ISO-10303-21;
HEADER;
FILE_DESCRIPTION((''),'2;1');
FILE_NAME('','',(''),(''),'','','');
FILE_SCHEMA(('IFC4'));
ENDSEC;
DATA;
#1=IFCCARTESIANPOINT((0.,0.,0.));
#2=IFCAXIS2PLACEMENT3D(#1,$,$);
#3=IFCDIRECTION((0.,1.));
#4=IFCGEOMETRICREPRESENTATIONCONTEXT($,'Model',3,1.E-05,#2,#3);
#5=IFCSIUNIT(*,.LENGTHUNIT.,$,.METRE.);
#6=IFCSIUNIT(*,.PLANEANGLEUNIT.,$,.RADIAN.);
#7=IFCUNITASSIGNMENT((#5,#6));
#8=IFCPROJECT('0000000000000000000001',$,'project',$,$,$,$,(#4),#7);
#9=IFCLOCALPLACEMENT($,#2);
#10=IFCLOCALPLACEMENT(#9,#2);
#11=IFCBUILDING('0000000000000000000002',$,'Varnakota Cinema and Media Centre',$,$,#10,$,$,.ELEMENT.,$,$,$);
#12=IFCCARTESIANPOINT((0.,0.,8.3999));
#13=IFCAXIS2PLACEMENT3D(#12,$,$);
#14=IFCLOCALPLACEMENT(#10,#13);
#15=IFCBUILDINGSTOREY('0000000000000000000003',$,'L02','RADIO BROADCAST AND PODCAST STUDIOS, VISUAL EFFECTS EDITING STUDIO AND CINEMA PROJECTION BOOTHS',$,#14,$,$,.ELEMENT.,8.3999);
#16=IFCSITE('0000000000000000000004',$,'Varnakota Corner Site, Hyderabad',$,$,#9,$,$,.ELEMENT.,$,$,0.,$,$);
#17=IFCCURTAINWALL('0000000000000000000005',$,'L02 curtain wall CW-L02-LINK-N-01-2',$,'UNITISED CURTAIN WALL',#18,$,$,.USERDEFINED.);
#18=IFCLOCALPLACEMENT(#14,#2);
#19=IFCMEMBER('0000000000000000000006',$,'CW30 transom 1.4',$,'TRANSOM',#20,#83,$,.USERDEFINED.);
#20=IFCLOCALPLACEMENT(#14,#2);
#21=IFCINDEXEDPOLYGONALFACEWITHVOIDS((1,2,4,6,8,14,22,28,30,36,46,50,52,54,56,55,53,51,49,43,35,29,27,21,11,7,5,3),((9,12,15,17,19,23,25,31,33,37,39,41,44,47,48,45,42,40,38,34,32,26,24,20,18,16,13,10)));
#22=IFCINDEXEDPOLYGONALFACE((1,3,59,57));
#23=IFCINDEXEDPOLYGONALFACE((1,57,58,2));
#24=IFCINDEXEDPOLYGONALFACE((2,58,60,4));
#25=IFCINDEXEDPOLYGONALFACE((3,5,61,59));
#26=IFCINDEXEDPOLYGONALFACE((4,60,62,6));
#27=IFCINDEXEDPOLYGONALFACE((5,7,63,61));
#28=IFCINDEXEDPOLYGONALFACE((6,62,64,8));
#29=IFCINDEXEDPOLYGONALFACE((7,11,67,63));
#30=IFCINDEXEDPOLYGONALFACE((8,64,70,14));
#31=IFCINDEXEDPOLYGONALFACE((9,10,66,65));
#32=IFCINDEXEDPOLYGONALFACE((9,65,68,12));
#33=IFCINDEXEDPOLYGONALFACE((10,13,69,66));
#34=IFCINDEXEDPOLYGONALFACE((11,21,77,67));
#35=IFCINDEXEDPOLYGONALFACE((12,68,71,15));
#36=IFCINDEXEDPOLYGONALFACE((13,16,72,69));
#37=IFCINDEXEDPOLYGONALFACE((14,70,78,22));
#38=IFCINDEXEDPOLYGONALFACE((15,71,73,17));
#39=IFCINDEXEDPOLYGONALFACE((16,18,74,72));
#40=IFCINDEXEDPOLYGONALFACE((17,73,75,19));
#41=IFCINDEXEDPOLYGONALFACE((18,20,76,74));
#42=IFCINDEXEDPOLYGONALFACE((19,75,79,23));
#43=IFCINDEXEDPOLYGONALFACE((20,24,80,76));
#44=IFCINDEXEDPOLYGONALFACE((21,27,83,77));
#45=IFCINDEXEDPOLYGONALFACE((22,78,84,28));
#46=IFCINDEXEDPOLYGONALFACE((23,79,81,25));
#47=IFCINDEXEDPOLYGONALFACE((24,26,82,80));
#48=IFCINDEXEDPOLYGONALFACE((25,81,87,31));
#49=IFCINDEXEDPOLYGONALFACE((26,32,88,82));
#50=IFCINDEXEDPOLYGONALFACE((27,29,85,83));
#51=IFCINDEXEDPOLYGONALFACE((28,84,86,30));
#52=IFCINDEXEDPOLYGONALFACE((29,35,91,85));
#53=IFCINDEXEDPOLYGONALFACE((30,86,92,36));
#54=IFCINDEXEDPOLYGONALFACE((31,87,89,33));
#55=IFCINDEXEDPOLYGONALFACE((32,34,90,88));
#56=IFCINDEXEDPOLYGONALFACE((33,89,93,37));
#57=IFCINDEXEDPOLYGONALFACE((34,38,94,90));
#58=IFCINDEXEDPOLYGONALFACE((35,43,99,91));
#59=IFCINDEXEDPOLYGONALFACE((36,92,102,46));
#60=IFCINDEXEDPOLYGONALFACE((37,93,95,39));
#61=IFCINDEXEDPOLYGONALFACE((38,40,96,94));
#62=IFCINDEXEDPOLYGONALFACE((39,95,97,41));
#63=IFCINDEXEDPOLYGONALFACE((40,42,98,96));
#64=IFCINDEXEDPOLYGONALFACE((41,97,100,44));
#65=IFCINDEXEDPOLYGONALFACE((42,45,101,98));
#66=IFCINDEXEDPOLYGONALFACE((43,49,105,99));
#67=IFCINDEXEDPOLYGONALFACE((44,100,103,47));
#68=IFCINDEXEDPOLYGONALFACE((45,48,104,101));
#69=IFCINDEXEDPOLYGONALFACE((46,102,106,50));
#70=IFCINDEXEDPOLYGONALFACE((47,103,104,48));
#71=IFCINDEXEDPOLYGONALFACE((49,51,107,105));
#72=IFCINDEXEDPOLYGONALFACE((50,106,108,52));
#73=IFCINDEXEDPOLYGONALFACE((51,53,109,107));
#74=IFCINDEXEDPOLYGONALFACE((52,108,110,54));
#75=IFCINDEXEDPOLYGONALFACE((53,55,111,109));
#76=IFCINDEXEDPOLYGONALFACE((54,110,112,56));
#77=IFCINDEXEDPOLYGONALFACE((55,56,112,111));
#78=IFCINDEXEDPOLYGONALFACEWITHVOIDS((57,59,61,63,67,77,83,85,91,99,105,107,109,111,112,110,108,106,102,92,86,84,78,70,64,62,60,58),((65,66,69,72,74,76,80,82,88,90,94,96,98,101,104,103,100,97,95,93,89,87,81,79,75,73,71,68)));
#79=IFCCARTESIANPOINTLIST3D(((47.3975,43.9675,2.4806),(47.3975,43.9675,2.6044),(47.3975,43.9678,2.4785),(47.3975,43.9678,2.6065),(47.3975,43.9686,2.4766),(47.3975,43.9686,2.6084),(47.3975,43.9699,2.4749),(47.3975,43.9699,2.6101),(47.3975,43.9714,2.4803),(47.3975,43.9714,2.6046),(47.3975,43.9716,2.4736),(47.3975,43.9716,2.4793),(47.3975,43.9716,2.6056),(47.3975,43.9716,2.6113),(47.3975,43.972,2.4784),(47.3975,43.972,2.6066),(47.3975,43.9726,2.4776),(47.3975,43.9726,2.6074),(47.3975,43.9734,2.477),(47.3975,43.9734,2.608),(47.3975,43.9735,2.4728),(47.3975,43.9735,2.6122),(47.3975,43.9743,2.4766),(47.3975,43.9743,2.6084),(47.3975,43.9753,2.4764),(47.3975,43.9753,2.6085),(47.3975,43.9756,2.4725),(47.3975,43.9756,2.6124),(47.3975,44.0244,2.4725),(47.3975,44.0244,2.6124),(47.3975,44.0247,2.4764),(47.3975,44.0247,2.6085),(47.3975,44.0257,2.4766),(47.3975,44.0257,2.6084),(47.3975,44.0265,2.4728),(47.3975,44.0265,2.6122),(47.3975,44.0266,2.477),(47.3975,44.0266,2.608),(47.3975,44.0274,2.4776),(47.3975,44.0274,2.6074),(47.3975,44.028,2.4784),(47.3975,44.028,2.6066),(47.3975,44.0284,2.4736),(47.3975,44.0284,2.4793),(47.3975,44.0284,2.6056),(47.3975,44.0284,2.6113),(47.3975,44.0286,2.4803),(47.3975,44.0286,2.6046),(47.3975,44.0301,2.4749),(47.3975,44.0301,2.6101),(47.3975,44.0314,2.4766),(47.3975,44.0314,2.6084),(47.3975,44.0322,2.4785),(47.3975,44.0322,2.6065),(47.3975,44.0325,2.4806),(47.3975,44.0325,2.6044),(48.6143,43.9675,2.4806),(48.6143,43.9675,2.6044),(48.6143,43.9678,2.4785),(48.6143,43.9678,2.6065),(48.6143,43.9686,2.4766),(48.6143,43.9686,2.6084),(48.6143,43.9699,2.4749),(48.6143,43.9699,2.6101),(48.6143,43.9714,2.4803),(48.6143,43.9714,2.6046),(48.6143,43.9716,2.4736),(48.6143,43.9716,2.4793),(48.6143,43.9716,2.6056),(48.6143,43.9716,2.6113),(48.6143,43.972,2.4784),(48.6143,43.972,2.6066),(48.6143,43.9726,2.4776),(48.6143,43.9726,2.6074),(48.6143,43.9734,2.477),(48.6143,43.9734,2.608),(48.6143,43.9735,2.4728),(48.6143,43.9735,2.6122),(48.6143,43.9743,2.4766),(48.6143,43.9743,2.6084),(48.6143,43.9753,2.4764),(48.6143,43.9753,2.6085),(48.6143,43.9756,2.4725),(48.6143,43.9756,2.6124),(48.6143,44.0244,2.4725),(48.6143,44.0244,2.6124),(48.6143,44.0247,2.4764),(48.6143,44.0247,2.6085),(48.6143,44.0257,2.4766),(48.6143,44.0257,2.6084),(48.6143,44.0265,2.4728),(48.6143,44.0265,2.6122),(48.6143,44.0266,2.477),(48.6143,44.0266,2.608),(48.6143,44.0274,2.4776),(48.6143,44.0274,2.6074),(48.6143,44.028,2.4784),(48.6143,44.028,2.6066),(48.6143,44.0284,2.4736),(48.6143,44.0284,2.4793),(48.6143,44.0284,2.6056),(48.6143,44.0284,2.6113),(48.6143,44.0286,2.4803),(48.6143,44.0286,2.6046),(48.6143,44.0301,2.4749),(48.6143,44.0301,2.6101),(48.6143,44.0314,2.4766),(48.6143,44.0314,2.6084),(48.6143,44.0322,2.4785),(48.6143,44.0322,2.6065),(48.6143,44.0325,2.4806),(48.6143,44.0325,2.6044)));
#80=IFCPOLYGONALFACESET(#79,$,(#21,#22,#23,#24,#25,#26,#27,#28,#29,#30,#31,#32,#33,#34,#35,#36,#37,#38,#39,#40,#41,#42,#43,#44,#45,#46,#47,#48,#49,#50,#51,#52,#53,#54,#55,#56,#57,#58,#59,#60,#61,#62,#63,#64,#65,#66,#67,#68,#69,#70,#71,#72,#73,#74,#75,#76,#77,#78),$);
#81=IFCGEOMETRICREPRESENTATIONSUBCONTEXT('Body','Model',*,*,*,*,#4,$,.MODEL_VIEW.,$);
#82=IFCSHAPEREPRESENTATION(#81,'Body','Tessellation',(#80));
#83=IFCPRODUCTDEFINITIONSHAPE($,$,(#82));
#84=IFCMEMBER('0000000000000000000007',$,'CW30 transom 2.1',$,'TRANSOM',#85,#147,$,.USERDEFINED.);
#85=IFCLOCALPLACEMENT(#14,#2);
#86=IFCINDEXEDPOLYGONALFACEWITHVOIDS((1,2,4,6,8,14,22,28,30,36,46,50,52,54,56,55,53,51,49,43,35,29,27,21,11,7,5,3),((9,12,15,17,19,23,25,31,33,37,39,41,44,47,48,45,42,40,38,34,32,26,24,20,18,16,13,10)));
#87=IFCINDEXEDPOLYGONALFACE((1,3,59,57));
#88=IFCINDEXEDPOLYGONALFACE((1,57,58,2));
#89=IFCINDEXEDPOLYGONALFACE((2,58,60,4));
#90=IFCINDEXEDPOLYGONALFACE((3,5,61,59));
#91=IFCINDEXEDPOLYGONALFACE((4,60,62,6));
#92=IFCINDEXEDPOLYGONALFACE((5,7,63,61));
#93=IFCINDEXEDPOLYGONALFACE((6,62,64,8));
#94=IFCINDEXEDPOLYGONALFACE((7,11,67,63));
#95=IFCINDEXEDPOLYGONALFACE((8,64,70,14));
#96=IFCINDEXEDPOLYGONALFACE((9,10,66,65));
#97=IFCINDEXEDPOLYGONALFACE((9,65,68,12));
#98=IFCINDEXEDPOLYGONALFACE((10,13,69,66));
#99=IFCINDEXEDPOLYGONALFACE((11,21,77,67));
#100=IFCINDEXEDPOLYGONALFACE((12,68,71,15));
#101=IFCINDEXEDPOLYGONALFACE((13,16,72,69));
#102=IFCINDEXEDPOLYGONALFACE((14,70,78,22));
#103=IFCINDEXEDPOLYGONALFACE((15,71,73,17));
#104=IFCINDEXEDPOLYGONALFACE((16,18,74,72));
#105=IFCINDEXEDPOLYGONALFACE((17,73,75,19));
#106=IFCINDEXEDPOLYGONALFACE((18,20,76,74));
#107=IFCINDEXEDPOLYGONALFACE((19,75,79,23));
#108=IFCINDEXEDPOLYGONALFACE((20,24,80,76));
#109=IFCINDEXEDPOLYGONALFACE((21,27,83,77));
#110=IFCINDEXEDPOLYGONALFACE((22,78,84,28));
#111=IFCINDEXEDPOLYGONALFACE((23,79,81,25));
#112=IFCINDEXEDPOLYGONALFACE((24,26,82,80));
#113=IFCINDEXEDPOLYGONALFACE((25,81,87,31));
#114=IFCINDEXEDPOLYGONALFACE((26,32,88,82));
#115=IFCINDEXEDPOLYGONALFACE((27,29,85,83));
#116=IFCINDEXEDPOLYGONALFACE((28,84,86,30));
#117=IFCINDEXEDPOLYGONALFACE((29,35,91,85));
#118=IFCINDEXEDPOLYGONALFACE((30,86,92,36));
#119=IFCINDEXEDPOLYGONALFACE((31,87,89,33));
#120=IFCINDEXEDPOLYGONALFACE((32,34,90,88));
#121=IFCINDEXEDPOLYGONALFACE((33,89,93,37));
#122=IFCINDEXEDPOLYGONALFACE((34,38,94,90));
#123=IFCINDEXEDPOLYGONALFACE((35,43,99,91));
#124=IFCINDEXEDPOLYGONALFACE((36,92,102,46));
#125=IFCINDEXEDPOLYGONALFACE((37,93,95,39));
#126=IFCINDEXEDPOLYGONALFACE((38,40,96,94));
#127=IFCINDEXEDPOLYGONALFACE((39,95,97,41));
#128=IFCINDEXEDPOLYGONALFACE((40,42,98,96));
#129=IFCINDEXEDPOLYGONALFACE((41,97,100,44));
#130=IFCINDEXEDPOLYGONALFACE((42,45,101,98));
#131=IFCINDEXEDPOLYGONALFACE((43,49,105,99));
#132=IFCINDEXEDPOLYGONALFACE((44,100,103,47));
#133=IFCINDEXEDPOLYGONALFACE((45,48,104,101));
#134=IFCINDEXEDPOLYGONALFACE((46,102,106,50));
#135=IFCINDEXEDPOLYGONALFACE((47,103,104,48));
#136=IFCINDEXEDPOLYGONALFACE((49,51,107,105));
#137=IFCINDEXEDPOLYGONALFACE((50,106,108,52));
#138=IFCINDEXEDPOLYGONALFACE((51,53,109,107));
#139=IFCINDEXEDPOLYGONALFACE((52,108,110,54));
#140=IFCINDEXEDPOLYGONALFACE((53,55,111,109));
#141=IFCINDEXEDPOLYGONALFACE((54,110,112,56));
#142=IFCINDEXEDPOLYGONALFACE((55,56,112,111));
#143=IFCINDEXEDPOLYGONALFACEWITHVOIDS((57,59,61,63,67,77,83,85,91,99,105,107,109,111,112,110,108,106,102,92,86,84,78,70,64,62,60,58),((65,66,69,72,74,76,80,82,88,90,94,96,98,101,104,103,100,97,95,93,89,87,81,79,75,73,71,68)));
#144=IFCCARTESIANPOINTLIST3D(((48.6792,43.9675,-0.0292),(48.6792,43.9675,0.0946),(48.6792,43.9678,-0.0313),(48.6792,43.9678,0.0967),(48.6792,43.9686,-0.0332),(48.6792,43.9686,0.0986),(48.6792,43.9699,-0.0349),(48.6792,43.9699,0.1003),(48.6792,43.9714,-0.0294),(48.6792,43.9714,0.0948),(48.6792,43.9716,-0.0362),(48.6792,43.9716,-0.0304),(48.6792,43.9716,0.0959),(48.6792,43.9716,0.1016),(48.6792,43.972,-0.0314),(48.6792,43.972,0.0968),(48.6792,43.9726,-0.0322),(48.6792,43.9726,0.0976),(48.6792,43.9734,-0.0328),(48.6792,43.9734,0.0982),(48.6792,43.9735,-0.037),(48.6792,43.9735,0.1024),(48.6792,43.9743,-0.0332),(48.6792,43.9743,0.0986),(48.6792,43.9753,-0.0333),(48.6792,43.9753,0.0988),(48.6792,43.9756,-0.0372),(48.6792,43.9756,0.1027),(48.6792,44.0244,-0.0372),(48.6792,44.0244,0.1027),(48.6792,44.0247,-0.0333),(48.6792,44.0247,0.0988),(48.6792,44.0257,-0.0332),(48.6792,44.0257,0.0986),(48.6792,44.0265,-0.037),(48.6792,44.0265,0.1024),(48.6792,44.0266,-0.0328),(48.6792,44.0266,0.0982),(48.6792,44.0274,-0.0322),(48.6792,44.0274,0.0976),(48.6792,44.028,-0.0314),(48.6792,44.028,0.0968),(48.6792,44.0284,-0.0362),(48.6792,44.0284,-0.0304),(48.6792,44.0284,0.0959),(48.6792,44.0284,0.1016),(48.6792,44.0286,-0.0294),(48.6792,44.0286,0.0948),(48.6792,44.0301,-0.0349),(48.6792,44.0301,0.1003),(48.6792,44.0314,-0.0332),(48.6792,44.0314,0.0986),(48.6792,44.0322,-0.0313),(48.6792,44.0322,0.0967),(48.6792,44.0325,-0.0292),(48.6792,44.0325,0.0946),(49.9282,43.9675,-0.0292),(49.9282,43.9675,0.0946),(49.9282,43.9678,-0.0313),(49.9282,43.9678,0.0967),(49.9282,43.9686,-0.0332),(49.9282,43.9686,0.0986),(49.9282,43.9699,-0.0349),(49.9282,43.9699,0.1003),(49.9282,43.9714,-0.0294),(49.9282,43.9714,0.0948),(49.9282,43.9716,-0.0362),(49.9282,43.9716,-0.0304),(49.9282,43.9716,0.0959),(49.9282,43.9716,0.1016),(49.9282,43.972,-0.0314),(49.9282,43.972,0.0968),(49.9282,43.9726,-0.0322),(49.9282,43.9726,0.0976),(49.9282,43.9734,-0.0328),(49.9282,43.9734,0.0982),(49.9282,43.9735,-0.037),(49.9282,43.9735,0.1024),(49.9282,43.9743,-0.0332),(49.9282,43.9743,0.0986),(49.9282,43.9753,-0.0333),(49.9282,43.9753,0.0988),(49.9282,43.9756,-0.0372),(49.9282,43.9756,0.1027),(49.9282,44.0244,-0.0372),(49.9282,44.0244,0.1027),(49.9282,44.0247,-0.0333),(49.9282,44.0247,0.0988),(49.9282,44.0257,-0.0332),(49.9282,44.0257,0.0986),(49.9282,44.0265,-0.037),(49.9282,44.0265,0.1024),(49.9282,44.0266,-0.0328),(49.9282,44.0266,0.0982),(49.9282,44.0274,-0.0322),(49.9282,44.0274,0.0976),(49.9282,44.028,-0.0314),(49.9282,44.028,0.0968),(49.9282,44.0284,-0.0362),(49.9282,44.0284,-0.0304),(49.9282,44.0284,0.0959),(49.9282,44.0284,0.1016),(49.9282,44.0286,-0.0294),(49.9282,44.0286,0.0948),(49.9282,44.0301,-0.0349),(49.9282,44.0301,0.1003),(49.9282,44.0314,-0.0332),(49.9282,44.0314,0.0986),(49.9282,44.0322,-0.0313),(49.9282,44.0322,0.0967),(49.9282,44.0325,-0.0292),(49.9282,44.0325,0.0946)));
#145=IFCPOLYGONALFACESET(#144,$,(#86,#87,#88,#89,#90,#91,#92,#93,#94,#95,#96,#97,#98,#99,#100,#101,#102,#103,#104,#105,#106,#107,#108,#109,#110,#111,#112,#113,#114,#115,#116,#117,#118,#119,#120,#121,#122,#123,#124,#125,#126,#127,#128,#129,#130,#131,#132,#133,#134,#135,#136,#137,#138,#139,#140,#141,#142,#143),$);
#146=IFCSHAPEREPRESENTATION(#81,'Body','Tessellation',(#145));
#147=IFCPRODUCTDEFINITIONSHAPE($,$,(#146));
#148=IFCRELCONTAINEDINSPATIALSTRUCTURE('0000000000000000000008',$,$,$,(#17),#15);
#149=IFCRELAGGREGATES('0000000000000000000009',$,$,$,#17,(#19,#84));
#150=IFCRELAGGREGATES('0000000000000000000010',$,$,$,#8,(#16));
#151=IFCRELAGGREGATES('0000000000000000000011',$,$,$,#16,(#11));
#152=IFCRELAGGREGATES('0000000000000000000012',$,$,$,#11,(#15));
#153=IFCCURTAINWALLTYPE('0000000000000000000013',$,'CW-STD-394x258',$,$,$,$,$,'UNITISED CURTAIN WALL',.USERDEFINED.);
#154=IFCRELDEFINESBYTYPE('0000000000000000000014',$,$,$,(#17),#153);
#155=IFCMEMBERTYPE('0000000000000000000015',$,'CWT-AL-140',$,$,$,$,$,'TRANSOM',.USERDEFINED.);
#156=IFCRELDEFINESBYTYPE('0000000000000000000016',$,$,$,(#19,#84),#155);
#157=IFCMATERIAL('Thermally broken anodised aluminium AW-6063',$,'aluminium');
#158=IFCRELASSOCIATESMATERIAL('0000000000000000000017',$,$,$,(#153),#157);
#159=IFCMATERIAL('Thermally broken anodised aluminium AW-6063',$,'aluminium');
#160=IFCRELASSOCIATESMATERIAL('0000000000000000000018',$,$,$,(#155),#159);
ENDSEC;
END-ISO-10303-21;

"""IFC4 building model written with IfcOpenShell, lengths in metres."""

from ifc_helpers import new_model, si_unit, direction, frame, origin, origin_2d, place, context, subcontext, project, spatial, hollow_rectangle, extrude, material, material_profile, profile_set, type_object, element, aggregate, save


model = new_model("IFC4")

# Units and contexts
model_context = context("Model", 3, precision=1e-05, world=origin(), true_north=direction((0.0, 1.0)))
body_context = subcontext(model_context, "Body", "Model", "MODEL_VIEW")
ifc_project = project(units=[si_unit("LENGTHUNIT", "METRE"), si_unit("PLANEANGLEUNIT", "RADIAN")], contexts=[model_context])

# Site, building, storey
site_placement = place(None, origin())
site = spatial("IfcSite", under=ifc_project, at=site_placement, Name="Varnakota Corner Site, Hyderabad", CompositionType="ELEMENT", RefElevation=0.0)
building_placement = place(site_placement, origin())
building = spatial("IfcBuilding", under=site, at=building_placement, Name="Varnakota Cinema and Media Centre", CompositionType="ELEMENT")
storey_placement = place(building_placement, frame((0.0, 0.0, 8.3999)))
storey = spatial("IfcBuildingStorey", under=building, at=storey_placement, Name="L02", Description="RADIO BROADCAST AND PODCAST STUDIOS, VISUAL EFFECTS EDITING STUDIO AND CINEMA PROJECTION BOOTHS", CompositionType="ELEMENT", Elevation=8.3999)

# Shared definitions
ifc_material_1 = material(Name="Thermally broken anodised aluminium AW-6063", Category="aluminium")
curtain_wall_type = type_object("IfcCurtainWallType", Name="CW-STD-394x258", ElementType="UNITISED CURTAIN WALL", PredefinedType="USERDEFINED", material=ifc_material_1)

# Curtain wall, members
curtain_wall_1_placement = place(storey_placement, origin())
curtain_wall_1 = element("IfcCurtainWall", 1, at=curtain_wall_1_placement, inside=storey, type_object=curtain_wall_type, Name="L02 curtain wall CW-L02-LINK-N-01-2", ObjectType="UNITISED CURTAIN WALL", PredefinedType="USERDEFINED")
ifc_material_2 = material(Name="Thermally broken anodised aluminium AW-6063", Category="aluminium")
ifc_material_profile_1 = material_profile(ifc_material_2, hollow_rectangle(XDim=0.0649, YDim=0.1399, WallThickness=0.0039, InnerFilletRadius=0.0039, OuterFilletRadius=0.0081, at=origin_2d()), Name="AL-TRANSOM 140x65x4")
ifc_profile_set_1 = profile_set([ifc_material_profile_1], Name="Thermally broken anodised aluminium AW-6063")
member_type_1 = type_object("IfcMemberType", Name="CWT-AL-140", ElementType="TRANSOM", PredefinedType="USERDEFINED", material=ifc_profile_set_1)
member_1_placement = place(storey_placement, frame((47.3975, 44.0, 2.5425), z_axis=(1.0, 0.0, 0.0), x_axis=(0.0, 1.0, 0.0)))
member_1 = element("IfcMember", 2, at=member_1_placement, type_object=member_type_1, Name="CW30 transom 1.4", ObjectType="TRANSOM", PredefinedType="USERDEFINED", context=body_context, shape_type="SweptSolid", body=[
    extrude(hollow_rectangle(XDim=0.0649, YDim=0.1399, WallThickness=0.0039, InnerFilletRadius=0.0039, OuterFilletRadius=0.0081, at=origin_2d()), origin(), (0.0, 0.0, 1.0), 1.2168),
])
member_2_placement = place(storey_placement, frame((48.6792, 44.0, 0.0327), z_axis=(1.0, 0.0, 0.0), x_axis=(0.0, 1.0, 0.0)))
member_2 = element("IfcMember", 3, at=member_2_placement, type_object=member_type_1, Name="CW30 transom 2.1", ObjectType="TRANSOM", PredefinedType="USERDEFINED", context=body_context, shape_type="SweptSolid", body=[
    extrude(hollow_rectangle(XDim=0.0649, YDim=0.1399, WallThickness=0.0039, InnerFilletRadius=0.0039, OuterFilletRadius=0.0081, at=origin_2d()), origin(), (0.0, 0.0, 1.0), 1.249),
])

aggregate(curtain_wall_1, [member_1, member_2])

save(model, "model.ifc")
